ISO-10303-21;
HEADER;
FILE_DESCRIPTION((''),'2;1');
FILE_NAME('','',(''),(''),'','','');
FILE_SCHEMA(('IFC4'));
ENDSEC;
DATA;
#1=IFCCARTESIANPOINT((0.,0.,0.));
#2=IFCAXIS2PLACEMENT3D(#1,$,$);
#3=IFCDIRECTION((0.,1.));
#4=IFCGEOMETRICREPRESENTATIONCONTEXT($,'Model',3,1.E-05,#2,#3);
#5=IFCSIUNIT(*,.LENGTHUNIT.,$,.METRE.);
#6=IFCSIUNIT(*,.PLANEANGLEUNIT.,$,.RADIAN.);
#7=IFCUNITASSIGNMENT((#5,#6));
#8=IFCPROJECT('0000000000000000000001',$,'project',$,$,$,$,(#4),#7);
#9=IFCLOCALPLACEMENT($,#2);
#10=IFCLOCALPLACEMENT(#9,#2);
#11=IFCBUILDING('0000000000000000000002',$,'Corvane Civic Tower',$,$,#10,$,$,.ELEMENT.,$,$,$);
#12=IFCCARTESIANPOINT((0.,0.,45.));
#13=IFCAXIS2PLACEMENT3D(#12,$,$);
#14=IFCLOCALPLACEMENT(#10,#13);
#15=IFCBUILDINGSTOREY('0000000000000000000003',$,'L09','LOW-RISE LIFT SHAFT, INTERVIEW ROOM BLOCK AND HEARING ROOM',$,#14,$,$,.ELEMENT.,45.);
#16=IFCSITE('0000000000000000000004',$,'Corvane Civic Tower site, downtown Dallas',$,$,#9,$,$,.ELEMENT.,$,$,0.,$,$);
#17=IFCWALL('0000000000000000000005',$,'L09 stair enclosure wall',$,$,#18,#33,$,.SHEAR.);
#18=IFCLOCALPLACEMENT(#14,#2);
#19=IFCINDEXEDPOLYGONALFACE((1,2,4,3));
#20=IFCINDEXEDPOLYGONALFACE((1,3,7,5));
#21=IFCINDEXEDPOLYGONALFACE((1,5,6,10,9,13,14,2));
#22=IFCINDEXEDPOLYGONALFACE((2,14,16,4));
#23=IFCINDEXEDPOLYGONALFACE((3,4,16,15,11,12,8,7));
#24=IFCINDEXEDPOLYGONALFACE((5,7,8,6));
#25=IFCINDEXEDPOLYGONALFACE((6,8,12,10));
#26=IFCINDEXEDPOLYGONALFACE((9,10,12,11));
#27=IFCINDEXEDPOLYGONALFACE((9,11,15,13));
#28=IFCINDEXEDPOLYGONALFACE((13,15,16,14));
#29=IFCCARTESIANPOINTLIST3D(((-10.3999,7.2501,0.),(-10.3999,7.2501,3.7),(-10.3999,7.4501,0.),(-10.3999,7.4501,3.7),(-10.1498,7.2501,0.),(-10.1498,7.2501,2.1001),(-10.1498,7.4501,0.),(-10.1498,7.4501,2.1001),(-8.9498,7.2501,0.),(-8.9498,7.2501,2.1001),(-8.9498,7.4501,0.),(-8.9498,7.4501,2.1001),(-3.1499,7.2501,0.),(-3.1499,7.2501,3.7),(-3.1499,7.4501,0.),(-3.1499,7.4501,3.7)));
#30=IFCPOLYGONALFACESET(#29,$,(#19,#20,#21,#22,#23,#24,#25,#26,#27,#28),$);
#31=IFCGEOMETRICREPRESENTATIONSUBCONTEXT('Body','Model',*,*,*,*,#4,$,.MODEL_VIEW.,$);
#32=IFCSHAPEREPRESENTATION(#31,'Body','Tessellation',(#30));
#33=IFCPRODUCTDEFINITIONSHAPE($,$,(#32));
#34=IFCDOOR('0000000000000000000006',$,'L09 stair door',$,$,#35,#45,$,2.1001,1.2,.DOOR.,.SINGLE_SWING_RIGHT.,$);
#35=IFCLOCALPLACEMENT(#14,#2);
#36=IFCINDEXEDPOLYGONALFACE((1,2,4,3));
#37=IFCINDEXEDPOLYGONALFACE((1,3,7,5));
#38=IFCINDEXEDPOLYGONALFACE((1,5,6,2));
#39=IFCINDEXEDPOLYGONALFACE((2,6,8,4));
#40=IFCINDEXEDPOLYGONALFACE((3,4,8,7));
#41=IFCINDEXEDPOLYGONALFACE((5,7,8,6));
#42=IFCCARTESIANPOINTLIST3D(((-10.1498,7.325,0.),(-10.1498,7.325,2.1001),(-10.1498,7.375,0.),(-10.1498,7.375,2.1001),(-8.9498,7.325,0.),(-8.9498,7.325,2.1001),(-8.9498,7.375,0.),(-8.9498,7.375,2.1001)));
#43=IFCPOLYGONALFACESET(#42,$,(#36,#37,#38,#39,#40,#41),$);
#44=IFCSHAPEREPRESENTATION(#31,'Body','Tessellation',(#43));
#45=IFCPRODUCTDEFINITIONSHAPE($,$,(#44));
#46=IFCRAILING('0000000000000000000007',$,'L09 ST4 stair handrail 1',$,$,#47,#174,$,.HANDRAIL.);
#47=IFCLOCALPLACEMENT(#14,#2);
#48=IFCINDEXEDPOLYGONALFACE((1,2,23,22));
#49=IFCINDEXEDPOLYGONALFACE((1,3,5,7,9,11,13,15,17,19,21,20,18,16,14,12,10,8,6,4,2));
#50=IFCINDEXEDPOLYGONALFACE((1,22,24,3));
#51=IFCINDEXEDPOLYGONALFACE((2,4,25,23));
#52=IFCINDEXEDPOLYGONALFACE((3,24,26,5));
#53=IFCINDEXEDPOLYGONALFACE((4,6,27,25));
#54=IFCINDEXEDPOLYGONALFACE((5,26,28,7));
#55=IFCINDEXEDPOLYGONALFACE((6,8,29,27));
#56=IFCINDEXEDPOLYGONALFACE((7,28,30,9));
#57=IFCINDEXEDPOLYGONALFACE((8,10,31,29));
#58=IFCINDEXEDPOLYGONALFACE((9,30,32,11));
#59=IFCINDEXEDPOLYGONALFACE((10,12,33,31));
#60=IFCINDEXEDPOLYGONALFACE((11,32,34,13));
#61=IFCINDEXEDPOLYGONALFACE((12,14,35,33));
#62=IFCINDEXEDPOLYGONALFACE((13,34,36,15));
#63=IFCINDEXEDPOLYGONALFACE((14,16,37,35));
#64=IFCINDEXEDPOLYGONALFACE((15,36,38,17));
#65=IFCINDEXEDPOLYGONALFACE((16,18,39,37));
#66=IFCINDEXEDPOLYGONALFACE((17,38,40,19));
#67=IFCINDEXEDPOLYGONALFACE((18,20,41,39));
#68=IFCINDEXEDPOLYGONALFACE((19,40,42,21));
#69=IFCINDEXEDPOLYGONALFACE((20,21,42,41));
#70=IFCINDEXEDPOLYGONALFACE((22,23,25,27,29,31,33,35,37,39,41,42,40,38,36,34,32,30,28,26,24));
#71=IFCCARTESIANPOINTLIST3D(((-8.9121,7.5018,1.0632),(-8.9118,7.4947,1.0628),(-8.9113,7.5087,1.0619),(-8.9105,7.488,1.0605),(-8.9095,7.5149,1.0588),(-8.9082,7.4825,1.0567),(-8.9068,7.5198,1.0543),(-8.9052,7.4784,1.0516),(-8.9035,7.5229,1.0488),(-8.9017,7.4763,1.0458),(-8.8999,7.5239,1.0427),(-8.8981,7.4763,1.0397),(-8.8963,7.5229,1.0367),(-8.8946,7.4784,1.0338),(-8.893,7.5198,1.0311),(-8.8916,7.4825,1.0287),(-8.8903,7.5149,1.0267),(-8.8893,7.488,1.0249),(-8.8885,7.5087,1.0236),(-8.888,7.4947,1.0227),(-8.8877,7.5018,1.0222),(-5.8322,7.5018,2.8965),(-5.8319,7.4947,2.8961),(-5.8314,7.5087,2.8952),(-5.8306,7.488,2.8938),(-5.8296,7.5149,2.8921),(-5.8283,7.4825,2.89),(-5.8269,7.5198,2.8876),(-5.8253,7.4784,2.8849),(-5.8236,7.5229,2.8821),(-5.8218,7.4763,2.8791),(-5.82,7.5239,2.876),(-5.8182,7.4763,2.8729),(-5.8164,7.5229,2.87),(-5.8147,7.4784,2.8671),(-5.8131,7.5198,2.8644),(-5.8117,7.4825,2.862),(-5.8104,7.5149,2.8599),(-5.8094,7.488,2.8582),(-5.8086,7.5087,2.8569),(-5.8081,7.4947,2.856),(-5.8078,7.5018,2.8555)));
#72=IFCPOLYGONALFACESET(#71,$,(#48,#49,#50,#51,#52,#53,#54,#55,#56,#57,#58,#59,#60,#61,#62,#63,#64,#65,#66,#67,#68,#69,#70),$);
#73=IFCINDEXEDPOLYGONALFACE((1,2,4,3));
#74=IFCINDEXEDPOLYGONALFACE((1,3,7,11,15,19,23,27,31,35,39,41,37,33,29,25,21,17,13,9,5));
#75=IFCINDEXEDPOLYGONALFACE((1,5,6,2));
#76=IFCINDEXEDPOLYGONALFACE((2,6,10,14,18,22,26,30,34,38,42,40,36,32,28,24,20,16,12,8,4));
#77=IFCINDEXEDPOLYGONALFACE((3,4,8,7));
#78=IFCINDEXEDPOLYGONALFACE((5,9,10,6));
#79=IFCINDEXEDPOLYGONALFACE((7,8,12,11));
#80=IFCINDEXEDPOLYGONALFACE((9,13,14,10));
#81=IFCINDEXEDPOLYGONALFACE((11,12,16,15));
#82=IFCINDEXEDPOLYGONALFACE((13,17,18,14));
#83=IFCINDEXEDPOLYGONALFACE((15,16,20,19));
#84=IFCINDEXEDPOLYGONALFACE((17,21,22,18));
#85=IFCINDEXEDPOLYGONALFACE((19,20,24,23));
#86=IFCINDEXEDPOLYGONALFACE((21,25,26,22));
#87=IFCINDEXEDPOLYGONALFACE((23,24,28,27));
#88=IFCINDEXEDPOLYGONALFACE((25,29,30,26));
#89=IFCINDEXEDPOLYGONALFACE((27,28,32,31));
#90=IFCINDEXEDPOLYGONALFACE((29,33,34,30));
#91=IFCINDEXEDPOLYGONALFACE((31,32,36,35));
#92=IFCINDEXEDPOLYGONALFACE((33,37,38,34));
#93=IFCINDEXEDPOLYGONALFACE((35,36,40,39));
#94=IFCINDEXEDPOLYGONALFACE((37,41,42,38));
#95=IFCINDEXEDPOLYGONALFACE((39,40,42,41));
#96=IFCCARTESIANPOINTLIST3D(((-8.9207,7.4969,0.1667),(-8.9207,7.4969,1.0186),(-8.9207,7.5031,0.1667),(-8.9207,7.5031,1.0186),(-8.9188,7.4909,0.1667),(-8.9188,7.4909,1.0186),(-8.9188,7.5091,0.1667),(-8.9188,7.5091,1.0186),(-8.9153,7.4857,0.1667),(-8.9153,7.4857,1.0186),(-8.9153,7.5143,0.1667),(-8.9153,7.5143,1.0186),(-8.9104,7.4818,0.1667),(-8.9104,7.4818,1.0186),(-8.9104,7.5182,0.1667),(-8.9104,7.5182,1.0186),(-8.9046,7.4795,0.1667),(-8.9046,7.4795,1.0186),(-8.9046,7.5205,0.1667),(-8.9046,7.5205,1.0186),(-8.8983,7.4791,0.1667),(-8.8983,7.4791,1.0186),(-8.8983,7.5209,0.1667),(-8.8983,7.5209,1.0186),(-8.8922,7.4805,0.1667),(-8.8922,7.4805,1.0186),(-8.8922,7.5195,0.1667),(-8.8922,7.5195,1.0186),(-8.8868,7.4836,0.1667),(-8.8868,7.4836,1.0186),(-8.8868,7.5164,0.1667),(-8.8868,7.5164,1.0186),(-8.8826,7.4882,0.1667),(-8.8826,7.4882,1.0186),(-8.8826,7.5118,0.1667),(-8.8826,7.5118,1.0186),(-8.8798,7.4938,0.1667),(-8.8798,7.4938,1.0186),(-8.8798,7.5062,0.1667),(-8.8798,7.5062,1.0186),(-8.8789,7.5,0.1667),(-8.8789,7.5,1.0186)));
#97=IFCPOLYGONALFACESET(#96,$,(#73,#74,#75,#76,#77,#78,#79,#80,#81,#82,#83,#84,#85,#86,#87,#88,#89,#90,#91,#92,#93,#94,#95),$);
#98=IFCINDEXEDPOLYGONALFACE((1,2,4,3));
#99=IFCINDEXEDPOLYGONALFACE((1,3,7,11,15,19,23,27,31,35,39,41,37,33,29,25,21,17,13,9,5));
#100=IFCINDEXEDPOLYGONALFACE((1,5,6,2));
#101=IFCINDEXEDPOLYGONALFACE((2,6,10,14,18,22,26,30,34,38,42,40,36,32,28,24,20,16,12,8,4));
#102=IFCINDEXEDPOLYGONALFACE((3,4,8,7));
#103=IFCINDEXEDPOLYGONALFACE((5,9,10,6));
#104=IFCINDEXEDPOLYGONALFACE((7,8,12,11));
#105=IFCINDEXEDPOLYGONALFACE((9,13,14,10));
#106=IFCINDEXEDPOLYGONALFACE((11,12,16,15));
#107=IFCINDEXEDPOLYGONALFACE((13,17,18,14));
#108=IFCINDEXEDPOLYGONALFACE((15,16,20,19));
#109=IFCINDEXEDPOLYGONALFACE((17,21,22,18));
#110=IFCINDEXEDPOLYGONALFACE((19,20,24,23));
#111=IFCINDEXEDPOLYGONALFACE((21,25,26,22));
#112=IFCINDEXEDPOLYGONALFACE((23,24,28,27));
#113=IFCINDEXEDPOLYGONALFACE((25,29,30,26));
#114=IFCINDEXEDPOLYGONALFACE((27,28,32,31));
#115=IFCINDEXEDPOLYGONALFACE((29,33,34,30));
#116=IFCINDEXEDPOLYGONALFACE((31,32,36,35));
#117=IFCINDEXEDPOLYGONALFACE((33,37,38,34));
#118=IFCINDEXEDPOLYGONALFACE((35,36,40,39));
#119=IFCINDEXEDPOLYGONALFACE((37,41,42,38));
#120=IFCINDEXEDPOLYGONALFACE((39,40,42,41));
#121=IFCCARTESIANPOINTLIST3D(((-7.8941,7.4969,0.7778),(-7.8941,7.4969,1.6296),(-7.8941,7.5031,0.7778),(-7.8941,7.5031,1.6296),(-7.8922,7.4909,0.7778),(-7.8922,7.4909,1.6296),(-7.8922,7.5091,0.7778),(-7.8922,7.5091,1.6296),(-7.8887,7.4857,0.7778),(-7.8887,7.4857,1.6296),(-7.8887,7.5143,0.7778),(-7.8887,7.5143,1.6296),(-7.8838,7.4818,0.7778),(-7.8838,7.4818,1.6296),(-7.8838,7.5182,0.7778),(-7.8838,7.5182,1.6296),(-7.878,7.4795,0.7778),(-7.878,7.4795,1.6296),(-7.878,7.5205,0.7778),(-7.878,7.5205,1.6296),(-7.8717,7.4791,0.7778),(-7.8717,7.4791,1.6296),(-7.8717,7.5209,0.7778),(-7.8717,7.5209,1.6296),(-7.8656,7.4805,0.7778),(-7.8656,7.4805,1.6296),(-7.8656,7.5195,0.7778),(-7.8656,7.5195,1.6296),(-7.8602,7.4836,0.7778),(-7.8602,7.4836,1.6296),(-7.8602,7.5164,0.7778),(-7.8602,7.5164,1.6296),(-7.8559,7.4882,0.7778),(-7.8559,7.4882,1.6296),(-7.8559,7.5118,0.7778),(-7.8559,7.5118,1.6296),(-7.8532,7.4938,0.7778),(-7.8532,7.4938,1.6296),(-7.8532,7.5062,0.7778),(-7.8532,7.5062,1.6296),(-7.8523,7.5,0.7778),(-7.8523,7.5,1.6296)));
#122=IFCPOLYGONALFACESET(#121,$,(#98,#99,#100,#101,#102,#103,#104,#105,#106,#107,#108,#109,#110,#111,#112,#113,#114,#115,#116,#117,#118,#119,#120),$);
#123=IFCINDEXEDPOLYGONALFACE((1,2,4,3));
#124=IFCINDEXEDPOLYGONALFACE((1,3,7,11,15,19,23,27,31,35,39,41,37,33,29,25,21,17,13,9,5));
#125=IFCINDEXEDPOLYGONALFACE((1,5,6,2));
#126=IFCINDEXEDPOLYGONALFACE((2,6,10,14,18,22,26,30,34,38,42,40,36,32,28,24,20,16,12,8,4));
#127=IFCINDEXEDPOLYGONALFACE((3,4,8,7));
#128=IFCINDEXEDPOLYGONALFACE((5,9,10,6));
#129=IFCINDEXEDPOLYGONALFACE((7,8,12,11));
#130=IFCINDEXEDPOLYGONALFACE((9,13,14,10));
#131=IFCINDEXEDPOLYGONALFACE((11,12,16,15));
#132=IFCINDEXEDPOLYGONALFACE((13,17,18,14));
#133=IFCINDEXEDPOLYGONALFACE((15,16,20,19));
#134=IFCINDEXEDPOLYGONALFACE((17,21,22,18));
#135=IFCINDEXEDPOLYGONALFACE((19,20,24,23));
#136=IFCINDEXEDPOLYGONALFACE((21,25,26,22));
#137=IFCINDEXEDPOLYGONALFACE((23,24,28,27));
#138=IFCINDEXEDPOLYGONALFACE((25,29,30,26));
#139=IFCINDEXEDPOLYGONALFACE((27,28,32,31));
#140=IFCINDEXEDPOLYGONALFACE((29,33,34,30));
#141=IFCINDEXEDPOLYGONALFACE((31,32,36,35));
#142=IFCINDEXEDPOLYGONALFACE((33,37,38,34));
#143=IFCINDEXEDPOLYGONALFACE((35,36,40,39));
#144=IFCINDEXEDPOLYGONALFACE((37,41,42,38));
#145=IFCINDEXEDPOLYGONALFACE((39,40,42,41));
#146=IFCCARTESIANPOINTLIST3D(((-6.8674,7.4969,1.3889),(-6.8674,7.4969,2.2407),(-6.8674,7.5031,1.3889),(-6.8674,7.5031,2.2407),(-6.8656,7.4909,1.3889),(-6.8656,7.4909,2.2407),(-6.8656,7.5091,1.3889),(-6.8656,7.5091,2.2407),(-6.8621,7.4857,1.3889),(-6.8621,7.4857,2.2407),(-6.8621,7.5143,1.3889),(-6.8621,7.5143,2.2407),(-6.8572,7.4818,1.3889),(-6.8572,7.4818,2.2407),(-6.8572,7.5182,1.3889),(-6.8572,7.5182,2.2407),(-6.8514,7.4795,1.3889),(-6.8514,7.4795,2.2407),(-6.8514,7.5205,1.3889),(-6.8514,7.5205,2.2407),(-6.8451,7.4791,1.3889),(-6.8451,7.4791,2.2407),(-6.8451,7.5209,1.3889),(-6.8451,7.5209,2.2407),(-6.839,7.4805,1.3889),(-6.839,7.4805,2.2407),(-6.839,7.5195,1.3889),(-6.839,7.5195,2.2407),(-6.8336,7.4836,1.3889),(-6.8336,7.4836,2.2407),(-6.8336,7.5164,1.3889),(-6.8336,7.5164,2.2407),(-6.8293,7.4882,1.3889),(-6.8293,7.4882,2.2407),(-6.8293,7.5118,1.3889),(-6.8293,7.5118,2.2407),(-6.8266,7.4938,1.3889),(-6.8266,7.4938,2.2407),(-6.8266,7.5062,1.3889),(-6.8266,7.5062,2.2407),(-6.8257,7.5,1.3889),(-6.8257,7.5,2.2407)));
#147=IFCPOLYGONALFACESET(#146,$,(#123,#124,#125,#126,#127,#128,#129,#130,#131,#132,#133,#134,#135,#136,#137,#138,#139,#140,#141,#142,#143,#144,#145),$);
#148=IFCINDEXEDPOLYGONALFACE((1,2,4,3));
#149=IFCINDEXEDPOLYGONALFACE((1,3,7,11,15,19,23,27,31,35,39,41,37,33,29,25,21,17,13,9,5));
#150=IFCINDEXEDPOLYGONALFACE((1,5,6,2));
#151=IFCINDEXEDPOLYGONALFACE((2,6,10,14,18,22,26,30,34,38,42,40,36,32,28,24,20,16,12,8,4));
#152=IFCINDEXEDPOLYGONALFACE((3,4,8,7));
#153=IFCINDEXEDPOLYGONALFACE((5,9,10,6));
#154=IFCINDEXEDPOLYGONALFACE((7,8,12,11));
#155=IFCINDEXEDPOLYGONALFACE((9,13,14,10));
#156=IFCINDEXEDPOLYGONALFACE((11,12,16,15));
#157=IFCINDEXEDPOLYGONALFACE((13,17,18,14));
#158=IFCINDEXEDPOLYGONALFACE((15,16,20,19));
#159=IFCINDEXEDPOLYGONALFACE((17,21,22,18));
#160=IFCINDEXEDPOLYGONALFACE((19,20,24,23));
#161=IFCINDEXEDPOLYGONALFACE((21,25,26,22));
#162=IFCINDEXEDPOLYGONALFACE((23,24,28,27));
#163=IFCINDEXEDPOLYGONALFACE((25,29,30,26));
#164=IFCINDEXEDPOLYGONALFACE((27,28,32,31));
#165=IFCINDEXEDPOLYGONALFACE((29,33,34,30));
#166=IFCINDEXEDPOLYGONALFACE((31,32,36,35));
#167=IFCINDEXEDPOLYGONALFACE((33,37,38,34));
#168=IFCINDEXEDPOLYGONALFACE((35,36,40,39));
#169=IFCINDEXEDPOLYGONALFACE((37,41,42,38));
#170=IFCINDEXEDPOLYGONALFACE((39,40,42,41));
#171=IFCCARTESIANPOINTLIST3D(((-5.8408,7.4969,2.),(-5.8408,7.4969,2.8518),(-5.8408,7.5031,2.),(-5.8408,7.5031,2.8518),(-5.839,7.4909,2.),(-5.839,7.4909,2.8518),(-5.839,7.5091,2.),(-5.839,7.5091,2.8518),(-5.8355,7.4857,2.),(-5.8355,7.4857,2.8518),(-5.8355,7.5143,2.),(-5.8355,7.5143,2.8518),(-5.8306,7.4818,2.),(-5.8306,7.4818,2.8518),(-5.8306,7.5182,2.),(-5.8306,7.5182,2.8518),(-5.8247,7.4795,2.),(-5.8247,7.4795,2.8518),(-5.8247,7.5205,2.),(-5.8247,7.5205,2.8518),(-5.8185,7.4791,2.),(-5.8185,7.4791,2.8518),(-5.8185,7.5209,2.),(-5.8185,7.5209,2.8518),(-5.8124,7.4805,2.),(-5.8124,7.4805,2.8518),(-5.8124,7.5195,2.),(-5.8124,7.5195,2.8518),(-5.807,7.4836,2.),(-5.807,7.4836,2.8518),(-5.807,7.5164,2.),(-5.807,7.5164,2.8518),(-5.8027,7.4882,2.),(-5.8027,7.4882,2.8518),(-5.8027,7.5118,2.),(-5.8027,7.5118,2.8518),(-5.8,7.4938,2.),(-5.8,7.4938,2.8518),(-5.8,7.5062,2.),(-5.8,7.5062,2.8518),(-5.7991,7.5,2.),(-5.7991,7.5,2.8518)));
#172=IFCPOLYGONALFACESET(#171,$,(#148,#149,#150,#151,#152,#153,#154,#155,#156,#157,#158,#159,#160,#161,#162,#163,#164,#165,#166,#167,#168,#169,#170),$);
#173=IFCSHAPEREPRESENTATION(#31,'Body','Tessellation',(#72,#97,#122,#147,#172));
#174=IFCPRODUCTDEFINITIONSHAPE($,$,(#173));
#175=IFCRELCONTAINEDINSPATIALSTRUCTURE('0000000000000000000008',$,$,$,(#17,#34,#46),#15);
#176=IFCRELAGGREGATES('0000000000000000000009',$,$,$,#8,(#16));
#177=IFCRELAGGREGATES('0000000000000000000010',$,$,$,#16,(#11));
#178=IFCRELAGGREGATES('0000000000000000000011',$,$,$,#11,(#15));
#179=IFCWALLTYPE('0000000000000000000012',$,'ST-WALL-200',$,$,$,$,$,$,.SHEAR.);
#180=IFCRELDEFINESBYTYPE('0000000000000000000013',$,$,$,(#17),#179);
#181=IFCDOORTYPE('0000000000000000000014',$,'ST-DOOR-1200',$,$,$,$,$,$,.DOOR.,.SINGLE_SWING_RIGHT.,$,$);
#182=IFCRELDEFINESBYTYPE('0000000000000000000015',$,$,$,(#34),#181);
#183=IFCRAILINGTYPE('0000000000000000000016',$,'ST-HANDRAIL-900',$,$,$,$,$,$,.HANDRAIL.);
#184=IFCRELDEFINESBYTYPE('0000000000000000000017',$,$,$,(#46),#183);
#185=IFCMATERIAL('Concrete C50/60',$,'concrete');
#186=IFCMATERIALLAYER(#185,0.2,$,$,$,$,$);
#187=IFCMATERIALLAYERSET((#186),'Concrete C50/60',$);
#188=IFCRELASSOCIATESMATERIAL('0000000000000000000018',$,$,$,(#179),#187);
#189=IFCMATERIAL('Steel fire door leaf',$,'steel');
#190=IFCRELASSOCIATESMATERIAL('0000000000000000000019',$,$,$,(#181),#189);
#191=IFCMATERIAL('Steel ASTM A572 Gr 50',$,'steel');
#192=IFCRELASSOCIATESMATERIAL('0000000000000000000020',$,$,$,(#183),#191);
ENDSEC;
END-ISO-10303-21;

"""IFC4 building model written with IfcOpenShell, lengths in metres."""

from ifc_helpers import new_model, si_unit, direction, frame, frame_2d, origin, origin_2d, place, context, subcontext, project, spatial, rectangle, circle, extrude, material, layer, layer_set, type_object, element, fill, save


model = new_model("IFC4")

# Units and contexts
model_context = context("Model", 3, precision=1e-05, world=origin(), true_north=direction((0.0, 1.0)))
body_context = subcontext(model_context, "Body", "Model", "MODEL_VIEW")
ifc_project = project(units=[si_unit("LENGTHUNIT", "METRE"), si_unit("PLANEANGLEUNIT", "RADIAN")], contexts=[model_context])

# Site, building, storey
site_placement = place(None, origin())
site = spatial("IfcSite", under=ifc_project, at=site_placement, Name="Corvane Civic Tower site, downtown Dallas", CompositionType="ELEMENT", RefElevation=0.0)
building_placement = place(site_placement, origin())
building = spatial("IfcBuilding", under=site, at=building_placement, Name="Corvane Civic Tower", CompositionType="ELEMENT")
storey_placement = place(building_placement, frame((0.0, 0.0, 45.0)))
storey = spatial("IfcBuildingStorey", under=building, at=storey_placement, Name="L09", Description="LOW-RISE LIFT SHAFT, INTERVIEW ROOM BLOCK AND HEARING ROOM", CompositionType="ELEMENT", Elevation=45.0)

# Wall, opening, door
ifc_material_1 = material(Name="Concrete C50/60", Category="concrete")
ifc_layer_1 = layer(ifc_material_1, 0.2)
ifc_layer_set_1 = layer_set([ifc_layer_1], Name="Concrete C50/60")
wall_type_1 = type_object("IfcWallType", Name="ST-WALL-200", PredefinedType="SHEAR", material=ifc_layer_set_1)
wall_1_placement = place(storey_placement, frame((-10.3999, 7.3501, 0.0), z_axis=(0.0, 0.0, 1.0), x_axis=(1.0, 0.0, 0.0)))
wall_1 = element("IfcWall", 1, at=wall_1_placement, inside=storey, type_object=wall_type_1, Name="L09 stair enclosure wall", PredefinedType="SHEAR", context=body_context, shape_type="SweptSolid", body=[
    extrude(rectangle(XDim=7.25, YDim=0.2, at=frame_2d((3.625, 0.0))), origin(), (0.0, 0.0, 1.0), 3.7),
])
opening_1_placement = place(wall_1_placement, frame((0.25, 0.0, 0.0)))
opening_1 = element("IfcOpeningElement", 2, at=opening_1_placement, cuts=wall_1, PredefinedType="OPENING", context=body_context, shape_type="SweptSolid", body=[
    extrude(rectangle(XDim=1.2, YDim=2.1001, at=frame_2d((0.6001, 1.05))), frame((0.0, 0.1099, 0.0), z_axis=(0.0, -1.0, 0.0), x_axis=(1.0, 0.0, 0.0)), (0.0, 0.0, 1.0), 0.22),
])
ifc_material_2 = material(Name="Steel fire door leaf", Category="steel")
door_type_1 = type_object("IfcDoorType", Name="ST-DOOR-1200", OperationType="SINGLE_SWING_RIGHT", PredefinedType="DOOR", material=ifc_material_2)
door_1_placement = place(opening_1_placement, origin())
door_1 = element("IfcDoor", 3, at=door_1_placement, inside=storey, type_object=door_type_1, Name="L09 stair door", OperationType="SINGLE_SWING_RIGHT", OverallHeight=2.1001, OverallWidth=1.2, PredefinedType="DOOR", context=body_context, shape_type="SweptSolid", body=[
    extrude(rectangle(XDim=1.2, YDim=2.1001, at=frame_2d((0.6001, 1.05))), frame((0.0, 0.0249, 0.0), z_axis=(0.0, -1.0, 0.0), x_axis=(1.0, 0.0, 0.0)), (0.0, 0.0, 1.0), 0.05),
])
fill(opening_1, door_1)

# Railing
ifc_material_3 = material(Name="Steel ASTM A572 Gr 50", Category="steel")
railing_type = type_object("IfcRailingType", Name="ST-HANDRAIL-900", PredefinedType="HANDRAIL", material=ifc_material_3)
railing_placement = place(storey_placement, frame((-8.8999, 7.5, 0.1667)))
element("IfcRailing", 4, at=railing_placement, inside=storey, type_object=railing_type, Name="L09 ST4 stair handrail 1", PredefinedType="HANDRAIL", context=body_context, shape_type="SweptSolid", body=[
    extrude(circle(Radius=0.0239, at=origin_2d()), frame((0.0, 0.0, 0.876), z_axis=(0.859291, 0.0, 0.511487), x_axis=(0.0, 1.0, 0.0)), (0.0, 0.0, 1.0), 3.5842),
    extrude(circle(Radius=0.021, at=origin_2d()), origin(), (0.0, 0.0, 1.0), 0.8518),
    extrude(circle(Radius=0.021, at=origin_2d()), frame((1.0266, 0.0, 0.6111)), (0.0, 0.0, 1.0), 0.8518),
    extrude(circle(Radius=0.021, at=origin_2d()), frame((2.0532, 0.0, 1.2222)), (0.0, 0.0, 1.0), 0.8518),
    extrude(circle(Radius=0.021, at=origin_2d()), frame((3.0798, 0.0, 1.8333)), (0.0, 0.0, 1.0), 0.8518),
])

save(model, "model.ifc")
